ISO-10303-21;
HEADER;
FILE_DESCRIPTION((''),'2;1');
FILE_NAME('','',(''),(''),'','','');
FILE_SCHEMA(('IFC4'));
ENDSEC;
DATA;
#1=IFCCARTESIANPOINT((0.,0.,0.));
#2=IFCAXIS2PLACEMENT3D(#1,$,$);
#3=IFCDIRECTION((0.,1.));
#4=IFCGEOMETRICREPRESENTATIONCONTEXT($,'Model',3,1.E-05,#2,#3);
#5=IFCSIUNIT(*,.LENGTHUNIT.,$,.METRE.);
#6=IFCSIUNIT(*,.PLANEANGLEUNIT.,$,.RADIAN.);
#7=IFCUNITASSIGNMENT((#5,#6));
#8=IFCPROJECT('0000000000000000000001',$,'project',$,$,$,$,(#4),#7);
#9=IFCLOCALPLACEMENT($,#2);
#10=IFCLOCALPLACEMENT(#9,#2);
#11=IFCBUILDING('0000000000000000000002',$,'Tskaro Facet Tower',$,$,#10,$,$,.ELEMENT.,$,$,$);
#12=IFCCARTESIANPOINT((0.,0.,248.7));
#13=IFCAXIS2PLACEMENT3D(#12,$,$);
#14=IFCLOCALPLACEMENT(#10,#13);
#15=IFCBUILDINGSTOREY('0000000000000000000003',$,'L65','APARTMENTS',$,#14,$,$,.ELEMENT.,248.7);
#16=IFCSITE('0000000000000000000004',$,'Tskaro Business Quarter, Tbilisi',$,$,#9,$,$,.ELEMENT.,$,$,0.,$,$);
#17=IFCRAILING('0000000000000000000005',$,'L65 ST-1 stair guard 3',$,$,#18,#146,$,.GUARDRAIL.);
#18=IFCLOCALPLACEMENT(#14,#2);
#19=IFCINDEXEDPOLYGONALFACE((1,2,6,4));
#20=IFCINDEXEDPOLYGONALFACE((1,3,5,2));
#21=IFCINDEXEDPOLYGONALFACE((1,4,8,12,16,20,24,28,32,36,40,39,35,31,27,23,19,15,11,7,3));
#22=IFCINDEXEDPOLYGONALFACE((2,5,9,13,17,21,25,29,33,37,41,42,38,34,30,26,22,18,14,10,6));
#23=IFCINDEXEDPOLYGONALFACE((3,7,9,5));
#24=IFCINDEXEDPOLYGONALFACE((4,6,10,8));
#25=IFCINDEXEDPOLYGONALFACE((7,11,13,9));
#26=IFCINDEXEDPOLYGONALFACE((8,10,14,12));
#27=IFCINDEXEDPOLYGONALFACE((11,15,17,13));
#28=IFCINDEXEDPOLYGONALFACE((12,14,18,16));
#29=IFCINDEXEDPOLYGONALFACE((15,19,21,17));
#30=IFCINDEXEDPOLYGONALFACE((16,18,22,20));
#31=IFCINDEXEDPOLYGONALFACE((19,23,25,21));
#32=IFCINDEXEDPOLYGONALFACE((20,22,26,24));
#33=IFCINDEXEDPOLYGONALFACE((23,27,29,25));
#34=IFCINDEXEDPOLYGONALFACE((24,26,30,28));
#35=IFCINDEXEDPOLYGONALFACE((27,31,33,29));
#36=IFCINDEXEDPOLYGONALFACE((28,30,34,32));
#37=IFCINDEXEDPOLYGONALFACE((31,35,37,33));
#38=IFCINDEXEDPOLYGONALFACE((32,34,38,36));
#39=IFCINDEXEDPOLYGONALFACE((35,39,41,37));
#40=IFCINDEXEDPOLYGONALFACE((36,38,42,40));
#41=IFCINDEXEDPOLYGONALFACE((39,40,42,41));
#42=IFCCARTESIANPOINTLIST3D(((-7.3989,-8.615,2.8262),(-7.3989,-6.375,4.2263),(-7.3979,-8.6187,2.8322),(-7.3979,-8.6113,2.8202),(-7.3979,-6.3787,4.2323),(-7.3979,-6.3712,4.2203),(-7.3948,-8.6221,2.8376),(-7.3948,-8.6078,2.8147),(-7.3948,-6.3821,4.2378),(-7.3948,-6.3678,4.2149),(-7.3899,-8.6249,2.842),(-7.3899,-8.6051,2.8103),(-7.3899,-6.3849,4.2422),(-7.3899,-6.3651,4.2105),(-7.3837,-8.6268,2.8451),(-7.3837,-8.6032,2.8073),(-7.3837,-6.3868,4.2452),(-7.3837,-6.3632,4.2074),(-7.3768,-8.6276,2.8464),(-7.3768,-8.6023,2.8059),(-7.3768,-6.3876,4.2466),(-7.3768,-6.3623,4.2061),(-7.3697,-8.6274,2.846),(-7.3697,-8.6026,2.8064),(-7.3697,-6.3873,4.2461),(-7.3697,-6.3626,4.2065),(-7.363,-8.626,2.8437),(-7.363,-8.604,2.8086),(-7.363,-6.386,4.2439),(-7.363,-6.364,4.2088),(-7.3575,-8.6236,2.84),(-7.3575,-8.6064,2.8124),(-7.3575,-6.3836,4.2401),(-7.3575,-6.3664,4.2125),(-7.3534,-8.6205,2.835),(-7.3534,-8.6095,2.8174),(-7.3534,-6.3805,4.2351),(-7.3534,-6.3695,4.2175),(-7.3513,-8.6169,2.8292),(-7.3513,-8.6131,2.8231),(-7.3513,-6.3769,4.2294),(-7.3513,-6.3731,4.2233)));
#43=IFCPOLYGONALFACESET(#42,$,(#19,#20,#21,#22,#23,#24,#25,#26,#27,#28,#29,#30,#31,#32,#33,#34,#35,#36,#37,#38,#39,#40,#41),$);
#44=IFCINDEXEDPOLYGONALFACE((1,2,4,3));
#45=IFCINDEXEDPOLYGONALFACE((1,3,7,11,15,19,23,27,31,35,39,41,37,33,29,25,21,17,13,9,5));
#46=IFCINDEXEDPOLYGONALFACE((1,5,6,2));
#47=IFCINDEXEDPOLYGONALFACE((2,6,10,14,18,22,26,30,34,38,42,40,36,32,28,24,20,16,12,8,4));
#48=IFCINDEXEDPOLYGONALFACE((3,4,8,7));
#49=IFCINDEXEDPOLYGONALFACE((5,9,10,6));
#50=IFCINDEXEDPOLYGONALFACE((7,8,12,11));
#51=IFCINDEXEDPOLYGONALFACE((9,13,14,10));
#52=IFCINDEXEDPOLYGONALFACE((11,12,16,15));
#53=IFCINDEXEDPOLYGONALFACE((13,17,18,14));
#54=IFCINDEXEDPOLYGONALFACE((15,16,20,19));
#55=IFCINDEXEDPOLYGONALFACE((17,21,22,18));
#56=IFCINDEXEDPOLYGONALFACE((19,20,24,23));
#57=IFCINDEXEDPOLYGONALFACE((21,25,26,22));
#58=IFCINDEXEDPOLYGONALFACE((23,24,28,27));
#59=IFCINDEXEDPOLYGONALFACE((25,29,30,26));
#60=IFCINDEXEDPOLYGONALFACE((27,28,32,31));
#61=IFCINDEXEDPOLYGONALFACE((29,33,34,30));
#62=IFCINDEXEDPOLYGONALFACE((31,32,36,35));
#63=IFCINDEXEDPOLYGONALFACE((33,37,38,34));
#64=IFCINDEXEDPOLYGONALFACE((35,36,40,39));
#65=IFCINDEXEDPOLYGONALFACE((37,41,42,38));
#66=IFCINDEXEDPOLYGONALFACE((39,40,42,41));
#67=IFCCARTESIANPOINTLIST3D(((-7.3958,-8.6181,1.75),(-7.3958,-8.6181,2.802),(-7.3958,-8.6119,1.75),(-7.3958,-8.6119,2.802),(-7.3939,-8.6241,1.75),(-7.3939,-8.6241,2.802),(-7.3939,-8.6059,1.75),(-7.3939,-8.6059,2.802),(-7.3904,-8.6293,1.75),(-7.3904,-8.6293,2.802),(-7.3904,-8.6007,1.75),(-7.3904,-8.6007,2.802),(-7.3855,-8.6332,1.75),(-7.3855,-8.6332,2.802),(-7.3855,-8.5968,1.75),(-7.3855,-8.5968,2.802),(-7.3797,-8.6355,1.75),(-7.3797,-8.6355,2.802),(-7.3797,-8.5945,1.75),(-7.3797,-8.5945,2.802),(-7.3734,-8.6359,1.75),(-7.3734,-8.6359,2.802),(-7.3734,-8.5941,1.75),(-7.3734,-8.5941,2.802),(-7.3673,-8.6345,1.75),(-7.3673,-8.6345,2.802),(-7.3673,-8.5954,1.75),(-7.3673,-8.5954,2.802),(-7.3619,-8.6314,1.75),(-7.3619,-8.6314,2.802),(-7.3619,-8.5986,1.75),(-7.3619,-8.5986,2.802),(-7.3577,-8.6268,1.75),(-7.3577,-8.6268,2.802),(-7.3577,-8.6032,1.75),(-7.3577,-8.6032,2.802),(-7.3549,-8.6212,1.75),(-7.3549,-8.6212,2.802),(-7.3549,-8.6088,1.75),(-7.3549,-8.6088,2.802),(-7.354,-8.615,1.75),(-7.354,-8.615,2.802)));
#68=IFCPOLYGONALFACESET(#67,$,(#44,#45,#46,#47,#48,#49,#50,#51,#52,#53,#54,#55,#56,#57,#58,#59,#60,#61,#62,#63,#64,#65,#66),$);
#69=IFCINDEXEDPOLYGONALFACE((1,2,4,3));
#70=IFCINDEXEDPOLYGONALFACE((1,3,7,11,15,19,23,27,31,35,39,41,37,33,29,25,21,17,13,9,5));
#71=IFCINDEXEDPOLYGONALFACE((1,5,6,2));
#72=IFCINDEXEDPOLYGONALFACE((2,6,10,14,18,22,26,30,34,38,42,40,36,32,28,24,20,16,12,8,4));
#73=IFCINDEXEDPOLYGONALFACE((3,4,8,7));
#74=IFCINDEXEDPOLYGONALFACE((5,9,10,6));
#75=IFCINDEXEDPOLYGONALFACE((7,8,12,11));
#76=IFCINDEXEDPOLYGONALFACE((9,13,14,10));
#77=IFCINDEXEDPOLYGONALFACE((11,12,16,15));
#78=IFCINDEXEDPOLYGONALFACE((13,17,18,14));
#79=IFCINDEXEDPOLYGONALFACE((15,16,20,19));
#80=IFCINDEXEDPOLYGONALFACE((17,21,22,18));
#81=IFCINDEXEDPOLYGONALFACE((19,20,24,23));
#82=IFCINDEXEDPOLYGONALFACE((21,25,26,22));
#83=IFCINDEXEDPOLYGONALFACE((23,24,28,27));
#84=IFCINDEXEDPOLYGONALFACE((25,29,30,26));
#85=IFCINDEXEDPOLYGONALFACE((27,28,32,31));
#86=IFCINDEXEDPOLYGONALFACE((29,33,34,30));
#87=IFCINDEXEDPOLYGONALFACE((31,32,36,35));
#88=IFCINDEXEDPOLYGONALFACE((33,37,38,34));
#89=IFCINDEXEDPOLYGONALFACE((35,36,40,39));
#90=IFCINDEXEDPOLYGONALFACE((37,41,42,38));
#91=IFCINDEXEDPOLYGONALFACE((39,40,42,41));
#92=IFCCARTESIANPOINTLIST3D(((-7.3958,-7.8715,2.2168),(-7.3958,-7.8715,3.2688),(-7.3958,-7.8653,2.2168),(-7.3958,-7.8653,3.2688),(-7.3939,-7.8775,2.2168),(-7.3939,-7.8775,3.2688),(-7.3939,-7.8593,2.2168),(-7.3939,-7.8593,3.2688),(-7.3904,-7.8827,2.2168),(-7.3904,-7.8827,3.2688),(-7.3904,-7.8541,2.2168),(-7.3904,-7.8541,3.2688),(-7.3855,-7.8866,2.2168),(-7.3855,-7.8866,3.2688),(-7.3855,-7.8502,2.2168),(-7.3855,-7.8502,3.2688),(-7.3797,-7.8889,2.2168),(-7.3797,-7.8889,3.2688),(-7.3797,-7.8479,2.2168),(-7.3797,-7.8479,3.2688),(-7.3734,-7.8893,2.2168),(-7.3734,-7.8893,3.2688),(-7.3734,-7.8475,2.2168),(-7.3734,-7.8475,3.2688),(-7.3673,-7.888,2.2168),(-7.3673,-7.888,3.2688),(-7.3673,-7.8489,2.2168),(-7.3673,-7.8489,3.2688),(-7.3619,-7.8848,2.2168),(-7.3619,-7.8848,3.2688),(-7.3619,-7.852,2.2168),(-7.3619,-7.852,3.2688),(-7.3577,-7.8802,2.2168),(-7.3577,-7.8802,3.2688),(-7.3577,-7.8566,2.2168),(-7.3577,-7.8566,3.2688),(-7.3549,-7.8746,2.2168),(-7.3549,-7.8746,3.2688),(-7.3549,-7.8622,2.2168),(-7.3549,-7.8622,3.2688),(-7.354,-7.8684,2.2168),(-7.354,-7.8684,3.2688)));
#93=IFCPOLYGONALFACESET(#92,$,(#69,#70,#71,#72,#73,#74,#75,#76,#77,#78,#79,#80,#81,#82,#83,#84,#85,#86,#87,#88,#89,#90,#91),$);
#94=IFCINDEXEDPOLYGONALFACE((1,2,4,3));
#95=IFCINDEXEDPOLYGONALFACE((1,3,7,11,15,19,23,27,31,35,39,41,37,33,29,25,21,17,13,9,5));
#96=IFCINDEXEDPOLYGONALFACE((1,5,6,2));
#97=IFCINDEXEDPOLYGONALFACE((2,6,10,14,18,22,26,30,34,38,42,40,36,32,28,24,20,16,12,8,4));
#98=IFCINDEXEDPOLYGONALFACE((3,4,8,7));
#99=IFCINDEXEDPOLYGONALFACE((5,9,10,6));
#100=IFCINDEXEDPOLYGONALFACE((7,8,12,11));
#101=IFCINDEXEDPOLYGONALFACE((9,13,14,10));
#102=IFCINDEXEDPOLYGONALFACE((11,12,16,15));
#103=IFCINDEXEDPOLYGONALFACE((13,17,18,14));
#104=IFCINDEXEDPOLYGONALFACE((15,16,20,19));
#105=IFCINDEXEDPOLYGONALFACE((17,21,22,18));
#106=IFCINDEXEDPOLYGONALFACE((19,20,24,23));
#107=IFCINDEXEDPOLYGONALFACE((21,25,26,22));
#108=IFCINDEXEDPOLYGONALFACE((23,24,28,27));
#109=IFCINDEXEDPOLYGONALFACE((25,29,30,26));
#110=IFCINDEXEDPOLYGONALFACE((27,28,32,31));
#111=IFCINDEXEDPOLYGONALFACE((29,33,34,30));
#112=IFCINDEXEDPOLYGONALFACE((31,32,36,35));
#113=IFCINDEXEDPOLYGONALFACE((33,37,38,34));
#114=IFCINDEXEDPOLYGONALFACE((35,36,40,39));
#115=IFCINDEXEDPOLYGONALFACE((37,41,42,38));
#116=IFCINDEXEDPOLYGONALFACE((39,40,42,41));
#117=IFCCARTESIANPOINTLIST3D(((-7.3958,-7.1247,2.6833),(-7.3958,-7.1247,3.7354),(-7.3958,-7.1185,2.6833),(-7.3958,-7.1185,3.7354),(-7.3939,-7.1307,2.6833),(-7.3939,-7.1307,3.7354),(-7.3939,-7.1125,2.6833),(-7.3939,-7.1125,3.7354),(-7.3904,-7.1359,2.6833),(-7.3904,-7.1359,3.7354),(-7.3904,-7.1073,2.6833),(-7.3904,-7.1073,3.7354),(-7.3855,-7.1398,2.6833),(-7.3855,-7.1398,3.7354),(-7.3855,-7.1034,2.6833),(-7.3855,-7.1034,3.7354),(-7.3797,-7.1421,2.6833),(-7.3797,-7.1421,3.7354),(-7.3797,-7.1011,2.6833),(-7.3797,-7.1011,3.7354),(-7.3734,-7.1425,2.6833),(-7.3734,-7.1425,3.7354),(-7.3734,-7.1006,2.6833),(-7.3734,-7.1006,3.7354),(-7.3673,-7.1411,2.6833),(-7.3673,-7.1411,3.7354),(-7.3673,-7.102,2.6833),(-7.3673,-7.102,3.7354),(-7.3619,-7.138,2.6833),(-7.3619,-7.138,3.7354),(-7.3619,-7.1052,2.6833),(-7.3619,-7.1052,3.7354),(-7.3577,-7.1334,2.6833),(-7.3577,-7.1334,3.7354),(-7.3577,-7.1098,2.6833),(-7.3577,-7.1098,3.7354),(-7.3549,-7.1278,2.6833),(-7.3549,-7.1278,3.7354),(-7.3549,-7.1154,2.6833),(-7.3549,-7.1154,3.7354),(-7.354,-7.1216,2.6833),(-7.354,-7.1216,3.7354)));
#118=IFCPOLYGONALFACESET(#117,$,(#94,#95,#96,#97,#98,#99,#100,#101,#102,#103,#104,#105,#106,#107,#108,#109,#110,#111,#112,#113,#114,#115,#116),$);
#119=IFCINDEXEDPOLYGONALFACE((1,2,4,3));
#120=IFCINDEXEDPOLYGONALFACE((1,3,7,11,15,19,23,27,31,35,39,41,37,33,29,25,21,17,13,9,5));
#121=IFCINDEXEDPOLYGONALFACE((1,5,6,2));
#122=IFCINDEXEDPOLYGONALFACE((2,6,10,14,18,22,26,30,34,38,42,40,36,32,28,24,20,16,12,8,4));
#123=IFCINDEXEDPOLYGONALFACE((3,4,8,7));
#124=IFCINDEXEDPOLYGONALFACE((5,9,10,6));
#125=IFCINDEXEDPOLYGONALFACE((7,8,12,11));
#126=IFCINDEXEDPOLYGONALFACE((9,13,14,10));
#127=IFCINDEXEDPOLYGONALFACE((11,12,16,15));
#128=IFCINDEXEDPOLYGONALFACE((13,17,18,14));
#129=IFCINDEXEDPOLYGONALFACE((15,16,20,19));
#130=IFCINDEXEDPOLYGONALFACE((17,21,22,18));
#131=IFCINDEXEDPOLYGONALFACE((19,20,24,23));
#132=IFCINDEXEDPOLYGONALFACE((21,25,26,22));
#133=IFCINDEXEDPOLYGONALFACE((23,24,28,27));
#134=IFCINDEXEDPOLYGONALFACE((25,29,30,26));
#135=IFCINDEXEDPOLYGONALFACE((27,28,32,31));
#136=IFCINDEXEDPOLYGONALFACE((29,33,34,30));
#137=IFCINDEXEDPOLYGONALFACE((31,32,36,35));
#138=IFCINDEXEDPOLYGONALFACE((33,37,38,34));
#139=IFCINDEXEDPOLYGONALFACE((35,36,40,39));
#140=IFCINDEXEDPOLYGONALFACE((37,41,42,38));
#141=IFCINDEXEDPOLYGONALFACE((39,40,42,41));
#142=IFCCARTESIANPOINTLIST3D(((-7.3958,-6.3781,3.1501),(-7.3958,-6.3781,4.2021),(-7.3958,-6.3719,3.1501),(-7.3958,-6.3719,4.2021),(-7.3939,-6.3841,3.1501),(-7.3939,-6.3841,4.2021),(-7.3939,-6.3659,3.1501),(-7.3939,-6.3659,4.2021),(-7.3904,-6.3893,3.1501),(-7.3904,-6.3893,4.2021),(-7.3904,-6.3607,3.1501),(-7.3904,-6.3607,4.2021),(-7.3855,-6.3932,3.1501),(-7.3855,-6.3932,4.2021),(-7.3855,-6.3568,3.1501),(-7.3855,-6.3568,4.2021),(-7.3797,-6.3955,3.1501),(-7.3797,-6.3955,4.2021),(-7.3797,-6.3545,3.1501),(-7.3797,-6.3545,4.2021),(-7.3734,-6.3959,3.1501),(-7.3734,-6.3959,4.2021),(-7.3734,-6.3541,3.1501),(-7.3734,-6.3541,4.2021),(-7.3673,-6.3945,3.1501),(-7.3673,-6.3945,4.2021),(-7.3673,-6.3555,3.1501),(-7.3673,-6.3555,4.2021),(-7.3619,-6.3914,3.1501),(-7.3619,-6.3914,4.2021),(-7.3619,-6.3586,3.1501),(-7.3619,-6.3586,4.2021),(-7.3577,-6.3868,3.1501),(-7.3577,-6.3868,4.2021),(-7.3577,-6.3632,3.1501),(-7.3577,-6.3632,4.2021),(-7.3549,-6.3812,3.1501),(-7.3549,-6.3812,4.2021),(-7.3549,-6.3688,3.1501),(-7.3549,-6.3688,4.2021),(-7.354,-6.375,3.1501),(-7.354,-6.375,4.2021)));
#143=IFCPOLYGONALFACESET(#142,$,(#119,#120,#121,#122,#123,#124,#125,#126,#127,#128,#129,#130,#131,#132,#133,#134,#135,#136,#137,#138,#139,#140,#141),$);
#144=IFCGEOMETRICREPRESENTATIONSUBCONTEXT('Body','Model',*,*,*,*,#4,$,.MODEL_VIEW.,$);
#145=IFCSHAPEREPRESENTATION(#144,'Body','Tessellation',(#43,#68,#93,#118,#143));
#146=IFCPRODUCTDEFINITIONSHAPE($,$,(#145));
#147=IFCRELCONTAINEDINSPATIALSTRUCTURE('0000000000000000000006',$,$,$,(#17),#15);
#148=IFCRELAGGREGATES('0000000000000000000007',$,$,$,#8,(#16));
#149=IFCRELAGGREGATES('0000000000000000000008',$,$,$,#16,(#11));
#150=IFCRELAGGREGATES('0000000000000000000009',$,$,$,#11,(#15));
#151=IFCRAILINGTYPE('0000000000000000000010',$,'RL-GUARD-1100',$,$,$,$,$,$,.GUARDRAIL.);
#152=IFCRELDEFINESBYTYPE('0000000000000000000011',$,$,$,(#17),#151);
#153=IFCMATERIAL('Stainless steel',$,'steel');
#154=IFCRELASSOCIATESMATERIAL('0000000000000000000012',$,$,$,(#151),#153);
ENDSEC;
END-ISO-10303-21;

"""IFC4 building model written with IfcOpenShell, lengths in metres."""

from ifc_helpers import new_model, si_unit, direction, frame, origin, origin_2d, place, context, subcontext, project, spatial, circle, extrude, material, type_object, element, save


model = new_model("IFC4")

# Units and contexts
model_context = context("Model", 3, precision=1e-05, world=origin(), true_north=direction((0.0, 1.0)))
body_context = subcontext(model_context, "Body", "Model", "MODEL_VIEW")
ifc_project = project(units=[si_unit("LENGTHUNIT", "METRE"), si_unit("PLANEANGLEUNIT", "RADIAN")], contexts=[model_context])

# Site, building, storey
site_placement = place(None, origin())
site = spatial("IfcSite", under=ifc_project, at=site_placement, Name="Tskaro Business Quarter, Tbilisi", CompositionType="ELEMENT", RefElevation=0.0)
building_placement = place(site_placement, origin())
building = spatial("IfcBuilding", under=site, at=building_placement, Name="Tskaro Facet Tower", CompositionType="ELEMENT")
storey_placement = place(building_placement, frame((0.0, 0.0, 248.7)))
storey = spatial("IfcBuildingStorey", under=building, at=storey_placement, Name="L65", Description="APARTMENTS", CompositionType="ELEMENT", Elevation=248.7)

# Shared definitions
ifc_material_1 = material(Name="Stainless steel", Category="steel")

# Railing
railing_type_1 = type_object("IfcRailingType", Name="RL-GUARD-1100", PredefinedType="GUARDRAIL", material=ifc_material_1)
railing_1_placement = place(storey_placement, frame((-7.375, -8.615, 1.75)))
element("IfcRailing", 1, at=railing_1_placement, inside=storey, type_object=railing_type_1, Name="L65 ST-1 stair guard 3", PredefinedType="GUARDRAIL", context=body_context, shape_type="SweptSolid", body=[
    extrude(circle(Radius=0.0239, at=origin_2d()), frame((0.0, 0.0, 1.0762), z_axis=(0.0, 0.847972, 0.53004), x_axis=(-1.0, 0.0, 0.0)), (0.0, 0.0, 1.0), 2.6416),
    extrude(circle(Radius=0.021, at=origin_2d()), origin(), (0.0, 0.0, 1.0), 1.052),
    extrude(circle(Radius=0.021, at=origin_2d()), frame((0.0, 0.7466, 0.4668)), (0.0, 0.0, 1.0), 1.052),
    extrude(circle(Radius=0.021, at=origin_2d()), frame((0.0, 1.4934, 0.9333)), (0.0, 0.0, 1.0), 1.052),
    extrude(circle(Radius=0.021, at=origin_2d()), frame((0.0, 2.24, 1.4001)), (0.0, 0.0, 1.0), 1.052),
])

save(model, "model.ifc")
